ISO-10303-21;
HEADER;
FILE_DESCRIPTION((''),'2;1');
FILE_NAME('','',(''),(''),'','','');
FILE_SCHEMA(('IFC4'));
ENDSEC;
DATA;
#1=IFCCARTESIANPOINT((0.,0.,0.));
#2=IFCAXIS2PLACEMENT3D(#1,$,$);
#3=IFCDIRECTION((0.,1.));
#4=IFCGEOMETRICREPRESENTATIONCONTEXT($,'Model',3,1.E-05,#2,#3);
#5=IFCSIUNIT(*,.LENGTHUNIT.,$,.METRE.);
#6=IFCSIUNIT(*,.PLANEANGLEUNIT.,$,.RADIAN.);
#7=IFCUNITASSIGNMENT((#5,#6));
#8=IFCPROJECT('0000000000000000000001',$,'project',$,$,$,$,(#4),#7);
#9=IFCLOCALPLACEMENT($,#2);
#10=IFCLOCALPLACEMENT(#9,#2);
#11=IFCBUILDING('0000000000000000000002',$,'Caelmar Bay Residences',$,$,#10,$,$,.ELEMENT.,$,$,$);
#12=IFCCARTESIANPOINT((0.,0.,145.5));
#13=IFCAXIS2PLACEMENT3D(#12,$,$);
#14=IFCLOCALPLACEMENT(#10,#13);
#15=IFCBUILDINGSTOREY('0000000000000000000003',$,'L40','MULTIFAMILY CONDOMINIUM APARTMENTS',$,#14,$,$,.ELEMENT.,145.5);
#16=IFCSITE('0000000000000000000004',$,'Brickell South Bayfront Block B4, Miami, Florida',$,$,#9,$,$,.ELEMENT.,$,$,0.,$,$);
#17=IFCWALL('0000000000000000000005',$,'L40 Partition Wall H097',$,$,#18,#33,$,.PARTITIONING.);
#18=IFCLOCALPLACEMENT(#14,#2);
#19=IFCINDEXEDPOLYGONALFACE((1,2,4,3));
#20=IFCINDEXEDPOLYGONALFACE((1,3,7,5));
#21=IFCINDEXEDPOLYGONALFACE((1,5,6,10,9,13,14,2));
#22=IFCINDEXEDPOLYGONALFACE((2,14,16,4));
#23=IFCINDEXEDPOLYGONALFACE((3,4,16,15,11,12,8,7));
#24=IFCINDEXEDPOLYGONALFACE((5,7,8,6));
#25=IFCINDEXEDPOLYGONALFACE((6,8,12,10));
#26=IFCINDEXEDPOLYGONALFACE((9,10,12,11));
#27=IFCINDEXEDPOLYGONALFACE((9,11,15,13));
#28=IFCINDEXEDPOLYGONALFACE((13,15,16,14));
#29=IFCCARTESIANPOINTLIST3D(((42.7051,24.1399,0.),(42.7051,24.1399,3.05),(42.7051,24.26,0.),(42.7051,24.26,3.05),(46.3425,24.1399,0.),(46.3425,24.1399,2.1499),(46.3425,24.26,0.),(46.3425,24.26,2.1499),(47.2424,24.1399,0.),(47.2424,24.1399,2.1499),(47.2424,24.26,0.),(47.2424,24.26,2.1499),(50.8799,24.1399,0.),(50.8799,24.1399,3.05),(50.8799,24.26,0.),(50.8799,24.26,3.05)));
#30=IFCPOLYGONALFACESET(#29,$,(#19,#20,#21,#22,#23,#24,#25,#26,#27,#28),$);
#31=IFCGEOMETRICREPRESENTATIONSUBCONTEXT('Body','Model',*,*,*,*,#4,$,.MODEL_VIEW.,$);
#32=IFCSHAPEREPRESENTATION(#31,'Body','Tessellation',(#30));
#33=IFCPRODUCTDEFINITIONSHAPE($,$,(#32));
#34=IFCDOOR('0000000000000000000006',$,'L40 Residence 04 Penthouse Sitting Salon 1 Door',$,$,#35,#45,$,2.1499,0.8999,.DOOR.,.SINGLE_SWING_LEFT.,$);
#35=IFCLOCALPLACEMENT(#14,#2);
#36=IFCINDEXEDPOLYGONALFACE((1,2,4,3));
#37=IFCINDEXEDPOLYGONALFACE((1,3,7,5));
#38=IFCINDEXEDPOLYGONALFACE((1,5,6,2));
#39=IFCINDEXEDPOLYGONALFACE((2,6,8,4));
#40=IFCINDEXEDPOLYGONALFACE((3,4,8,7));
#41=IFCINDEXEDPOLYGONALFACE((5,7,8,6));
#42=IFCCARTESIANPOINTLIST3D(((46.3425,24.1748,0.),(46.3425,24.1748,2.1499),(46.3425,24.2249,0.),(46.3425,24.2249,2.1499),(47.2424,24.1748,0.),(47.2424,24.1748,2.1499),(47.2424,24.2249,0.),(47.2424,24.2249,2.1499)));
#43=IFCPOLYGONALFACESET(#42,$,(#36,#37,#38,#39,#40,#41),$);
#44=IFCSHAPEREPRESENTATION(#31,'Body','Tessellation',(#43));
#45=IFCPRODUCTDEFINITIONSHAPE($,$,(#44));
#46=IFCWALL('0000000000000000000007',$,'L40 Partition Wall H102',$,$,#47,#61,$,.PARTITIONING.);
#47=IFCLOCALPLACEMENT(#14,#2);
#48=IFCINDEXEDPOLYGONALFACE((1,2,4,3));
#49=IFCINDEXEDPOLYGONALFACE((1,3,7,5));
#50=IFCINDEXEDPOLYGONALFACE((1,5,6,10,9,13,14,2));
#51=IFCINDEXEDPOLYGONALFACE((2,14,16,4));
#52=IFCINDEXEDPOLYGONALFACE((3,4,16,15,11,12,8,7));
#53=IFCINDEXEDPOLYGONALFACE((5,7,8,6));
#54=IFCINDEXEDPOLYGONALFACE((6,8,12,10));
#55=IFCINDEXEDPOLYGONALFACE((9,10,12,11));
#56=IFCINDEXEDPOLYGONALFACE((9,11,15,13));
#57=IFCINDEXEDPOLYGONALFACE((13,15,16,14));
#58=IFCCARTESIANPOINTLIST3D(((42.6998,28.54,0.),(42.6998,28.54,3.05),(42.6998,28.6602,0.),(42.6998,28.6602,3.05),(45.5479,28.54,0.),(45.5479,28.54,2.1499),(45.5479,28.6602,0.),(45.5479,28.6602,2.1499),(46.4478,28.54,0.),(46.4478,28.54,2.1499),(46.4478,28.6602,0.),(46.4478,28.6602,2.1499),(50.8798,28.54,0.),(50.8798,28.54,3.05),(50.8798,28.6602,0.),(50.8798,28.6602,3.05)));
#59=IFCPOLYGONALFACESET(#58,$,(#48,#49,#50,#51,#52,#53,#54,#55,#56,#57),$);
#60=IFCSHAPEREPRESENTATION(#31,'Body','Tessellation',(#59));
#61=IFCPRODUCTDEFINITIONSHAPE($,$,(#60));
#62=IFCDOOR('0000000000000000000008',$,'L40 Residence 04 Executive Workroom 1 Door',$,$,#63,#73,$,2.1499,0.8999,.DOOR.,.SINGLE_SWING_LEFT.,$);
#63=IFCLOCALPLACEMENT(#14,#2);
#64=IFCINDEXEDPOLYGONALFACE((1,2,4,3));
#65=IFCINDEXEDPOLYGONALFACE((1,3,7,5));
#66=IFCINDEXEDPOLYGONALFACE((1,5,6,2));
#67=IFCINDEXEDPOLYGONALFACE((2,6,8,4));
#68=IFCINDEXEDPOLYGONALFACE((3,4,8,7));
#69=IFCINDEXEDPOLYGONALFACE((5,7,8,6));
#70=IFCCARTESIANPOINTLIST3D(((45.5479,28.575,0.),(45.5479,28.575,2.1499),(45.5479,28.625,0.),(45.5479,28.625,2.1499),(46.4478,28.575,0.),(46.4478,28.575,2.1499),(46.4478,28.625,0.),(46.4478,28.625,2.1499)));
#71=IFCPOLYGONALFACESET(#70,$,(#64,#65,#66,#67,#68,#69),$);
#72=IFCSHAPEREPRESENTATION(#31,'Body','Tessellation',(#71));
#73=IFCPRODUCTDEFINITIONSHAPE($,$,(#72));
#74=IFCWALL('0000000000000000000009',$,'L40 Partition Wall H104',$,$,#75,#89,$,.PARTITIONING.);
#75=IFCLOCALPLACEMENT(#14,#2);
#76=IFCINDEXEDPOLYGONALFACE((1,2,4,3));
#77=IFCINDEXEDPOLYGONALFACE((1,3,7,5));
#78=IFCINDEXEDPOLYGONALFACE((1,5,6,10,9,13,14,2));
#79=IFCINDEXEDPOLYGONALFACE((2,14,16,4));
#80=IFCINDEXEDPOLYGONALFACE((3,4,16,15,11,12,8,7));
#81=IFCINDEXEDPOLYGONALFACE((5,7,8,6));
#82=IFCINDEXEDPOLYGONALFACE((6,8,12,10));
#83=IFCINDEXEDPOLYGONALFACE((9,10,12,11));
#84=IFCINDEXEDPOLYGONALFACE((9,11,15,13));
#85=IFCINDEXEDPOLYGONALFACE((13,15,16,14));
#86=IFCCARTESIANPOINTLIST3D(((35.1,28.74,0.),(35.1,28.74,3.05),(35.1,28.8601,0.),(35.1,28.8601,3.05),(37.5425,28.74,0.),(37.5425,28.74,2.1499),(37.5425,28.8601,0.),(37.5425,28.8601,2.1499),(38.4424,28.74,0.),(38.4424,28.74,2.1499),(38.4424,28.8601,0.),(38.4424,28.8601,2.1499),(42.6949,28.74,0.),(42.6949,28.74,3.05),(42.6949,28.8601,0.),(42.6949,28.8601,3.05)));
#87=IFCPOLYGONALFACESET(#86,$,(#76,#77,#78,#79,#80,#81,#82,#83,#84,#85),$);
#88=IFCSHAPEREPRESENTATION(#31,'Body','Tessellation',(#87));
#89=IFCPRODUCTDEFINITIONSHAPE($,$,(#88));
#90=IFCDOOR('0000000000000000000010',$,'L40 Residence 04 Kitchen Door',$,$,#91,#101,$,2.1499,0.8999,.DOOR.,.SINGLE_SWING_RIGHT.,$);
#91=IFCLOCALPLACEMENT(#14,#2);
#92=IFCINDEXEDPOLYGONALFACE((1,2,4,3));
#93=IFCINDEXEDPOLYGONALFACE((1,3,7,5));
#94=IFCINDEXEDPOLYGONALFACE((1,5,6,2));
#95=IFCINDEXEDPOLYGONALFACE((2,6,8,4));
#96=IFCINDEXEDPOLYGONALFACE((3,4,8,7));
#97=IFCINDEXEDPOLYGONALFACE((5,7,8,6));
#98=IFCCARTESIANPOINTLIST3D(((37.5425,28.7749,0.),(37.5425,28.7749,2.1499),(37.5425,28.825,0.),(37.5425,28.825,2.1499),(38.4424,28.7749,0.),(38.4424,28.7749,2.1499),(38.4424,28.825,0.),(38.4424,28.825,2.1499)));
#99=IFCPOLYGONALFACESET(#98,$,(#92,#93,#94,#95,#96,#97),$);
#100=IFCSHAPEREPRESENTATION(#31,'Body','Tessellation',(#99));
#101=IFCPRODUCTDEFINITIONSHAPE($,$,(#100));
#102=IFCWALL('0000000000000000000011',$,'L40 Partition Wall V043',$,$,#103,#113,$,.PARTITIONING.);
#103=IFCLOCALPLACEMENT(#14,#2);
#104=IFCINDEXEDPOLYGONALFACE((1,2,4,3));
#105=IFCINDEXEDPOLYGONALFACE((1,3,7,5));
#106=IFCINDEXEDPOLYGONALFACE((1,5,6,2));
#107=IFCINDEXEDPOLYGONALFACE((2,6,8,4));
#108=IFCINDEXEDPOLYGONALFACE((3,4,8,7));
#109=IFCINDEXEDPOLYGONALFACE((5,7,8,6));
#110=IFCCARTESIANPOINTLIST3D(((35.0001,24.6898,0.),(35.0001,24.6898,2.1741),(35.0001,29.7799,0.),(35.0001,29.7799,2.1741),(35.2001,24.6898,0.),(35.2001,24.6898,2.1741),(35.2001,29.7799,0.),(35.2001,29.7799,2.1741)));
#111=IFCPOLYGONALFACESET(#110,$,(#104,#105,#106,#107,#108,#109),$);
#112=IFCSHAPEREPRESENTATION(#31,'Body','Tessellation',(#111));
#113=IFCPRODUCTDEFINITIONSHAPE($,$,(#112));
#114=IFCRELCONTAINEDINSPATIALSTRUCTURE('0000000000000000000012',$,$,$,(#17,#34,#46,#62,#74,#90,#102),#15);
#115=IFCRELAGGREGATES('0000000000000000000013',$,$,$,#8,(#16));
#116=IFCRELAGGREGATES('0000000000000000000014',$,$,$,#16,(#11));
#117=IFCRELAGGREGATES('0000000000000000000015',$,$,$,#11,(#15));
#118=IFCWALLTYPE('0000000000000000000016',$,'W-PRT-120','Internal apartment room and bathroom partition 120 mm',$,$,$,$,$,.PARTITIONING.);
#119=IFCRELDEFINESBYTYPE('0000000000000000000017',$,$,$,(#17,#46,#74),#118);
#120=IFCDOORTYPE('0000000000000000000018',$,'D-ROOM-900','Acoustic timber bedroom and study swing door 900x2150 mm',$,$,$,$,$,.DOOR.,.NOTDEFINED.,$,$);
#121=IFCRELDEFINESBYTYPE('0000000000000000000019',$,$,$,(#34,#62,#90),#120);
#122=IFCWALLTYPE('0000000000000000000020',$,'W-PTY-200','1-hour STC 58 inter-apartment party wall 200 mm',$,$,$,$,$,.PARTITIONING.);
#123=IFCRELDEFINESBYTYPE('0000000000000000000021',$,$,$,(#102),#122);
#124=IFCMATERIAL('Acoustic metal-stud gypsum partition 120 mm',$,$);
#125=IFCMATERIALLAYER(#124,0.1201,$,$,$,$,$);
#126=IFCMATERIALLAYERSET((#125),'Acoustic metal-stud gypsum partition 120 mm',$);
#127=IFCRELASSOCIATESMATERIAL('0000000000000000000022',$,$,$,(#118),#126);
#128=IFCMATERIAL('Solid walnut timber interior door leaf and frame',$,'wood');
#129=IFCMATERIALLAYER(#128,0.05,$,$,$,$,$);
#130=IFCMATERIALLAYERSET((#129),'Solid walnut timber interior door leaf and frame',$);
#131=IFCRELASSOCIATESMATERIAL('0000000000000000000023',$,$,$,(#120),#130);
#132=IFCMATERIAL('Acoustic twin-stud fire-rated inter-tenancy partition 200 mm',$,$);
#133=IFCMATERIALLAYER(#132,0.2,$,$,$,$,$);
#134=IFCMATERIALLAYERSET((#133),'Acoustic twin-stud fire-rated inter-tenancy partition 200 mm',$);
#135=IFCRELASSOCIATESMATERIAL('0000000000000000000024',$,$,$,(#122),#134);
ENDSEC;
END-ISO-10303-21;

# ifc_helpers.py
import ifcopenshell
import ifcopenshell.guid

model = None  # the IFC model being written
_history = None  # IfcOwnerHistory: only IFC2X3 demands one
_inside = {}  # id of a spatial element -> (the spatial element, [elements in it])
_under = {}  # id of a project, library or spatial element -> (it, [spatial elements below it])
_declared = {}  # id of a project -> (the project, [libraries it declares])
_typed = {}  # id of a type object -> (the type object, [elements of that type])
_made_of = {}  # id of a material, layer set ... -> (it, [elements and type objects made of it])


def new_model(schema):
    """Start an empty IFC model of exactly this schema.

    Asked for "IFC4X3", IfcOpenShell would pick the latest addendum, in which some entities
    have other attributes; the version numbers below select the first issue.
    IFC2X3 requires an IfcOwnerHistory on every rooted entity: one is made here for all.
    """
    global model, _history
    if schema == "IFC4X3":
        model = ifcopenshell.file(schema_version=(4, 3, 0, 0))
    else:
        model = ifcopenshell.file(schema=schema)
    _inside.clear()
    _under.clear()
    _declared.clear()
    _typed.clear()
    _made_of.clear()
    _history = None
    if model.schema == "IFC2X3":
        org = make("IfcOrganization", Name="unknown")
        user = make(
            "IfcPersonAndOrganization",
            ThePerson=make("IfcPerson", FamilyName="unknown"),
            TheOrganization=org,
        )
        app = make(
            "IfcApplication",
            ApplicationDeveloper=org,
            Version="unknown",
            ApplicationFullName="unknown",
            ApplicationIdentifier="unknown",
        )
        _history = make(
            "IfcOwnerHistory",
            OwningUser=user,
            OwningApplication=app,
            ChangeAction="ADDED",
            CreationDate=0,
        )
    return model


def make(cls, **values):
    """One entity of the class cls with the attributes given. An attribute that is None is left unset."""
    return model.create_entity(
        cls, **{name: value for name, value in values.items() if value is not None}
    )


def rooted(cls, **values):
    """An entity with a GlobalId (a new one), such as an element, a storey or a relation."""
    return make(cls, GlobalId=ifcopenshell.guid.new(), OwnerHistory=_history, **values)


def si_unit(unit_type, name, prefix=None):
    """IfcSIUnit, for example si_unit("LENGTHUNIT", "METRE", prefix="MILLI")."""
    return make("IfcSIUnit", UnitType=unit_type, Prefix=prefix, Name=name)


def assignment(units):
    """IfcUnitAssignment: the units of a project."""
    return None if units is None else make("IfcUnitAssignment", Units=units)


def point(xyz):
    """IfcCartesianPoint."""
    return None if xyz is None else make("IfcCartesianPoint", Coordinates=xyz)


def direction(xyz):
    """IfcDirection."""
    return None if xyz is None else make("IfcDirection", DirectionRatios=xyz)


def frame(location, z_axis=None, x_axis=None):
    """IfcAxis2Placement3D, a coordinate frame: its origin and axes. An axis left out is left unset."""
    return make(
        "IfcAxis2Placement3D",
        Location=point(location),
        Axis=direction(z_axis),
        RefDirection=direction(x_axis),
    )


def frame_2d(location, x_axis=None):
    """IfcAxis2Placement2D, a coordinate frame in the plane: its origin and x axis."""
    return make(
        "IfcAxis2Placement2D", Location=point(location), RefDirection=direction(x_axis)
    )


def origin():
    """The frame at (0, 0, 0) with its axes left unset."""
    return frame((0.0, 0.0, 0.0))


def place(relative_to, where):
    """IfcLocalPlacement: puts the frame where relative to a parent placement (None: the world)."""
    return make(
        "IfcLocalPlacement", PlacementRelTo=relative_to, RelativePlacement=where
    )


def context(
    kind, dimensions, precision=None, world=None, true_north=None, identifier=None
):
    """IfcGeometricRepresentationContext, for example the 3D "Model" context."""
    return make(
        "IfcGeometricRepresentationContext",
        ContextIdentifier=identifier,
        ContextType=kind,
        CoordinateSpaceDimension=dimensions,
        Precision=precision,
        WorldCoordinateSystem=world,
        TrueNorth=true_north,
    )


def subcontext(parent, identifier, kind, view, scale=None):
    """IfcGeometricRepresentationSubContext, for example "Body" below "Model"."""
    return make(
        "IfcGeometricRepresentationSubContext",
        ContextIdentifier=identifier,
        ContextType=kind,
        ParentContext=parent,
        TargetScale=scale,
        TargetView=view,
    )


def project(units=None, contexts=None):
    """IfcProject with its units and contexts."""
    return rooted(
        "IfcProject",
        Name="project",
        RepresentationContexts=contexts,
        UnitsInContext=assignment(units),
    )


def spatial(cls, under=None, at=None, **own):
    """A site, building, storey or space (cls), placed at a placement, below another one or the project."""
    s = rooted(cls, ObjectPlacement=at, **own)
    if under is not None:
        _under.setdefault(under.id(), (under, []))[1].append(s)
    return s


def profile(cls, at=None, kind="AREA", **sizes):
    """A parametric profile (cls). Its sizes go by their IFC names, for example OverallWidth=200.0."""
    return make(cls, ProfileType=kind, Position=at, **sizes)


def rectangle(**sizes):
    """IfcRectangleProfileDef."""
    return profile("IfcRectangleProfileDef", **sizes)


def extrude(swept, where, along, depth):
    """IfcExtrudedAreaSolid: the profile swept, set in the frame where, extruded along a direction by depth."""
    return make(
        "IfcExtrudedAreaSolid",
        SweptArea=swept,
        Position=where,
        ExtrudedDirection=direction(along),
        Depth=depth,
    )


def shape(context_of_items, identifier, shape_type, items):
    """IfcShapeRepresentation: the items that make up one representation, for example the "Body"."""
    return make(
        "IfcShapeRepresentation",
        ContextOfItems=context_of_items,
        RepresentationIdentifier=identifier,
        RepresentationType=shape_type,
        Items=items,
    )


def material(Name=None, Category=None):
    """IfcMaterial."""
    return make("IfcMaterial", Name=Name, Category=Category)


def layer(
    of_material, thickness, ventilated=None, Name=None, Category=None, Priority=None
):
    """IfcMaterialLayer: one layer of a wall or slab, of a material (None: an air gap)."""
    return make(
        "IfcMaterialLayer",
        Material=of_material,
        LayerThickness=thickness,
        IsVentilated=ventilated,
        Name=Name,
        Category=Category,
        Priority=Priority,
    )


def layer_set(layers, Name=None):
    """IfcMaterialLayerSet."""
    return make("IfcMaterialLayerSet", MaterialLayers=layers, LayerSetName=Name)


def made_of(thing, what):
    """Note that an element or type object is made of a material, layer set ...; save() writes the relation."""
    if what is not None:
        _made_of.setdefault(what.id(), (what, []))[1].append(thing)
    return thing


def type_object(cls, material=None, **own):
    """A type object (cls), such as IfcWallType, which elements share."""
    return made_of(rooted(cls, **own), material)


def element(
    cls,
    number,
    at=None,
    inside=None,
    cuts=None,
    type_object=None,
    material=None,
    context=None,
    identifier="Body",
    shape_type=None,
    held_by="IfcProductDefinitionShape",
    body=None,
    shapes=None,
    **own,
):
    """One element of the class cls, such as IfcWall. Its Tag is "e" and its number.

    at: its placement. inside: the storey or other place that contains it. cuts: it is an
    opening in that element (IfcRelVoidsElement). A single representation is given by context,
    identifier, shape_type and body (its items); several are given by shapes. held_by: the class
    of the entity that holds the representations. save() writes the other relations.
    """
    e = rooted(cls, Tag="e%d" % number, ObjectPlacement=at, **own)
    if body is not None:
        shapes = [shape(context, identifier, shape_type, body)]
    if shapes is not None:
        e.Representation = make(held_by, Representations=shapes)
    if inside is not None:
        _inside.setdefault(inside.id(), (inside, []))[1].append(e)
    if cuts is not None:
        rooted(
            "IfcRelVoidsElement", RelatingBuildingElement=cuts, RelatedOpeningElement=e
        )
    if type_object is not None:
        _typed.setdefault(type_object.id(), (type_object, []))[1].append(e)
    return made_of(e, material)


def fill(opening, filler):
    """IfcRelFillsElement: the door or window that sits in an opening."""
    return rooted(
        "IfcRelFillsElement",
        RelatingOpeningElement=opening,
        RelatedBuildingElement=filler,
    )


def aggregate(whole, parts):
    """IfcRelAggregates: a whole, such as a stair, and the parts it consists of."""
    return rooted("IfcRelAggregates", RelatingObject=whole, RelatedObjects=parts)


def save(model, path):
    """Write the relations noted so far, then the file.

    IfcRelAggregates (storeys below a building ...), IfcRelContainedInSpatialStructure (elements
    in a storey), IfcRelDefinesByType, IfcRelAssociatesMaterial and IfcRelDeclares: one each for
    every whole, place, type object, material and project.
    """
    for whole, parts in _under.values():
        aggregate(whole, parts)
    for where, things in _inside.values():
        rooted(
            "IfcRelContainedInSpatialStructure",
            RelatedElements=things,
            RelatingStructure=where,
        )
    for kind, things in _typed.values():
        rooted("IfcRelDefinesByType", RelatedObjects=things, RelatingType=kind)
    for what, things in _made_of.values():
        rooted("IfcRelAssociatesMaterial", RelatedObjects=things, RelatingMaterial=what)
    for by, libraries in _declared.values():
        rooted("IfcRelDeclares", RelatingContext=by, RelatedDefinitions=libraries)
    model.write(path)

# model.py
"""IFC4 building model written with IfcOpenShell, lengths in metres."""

from ifc_helpers import new_model, si_unit, direction, frame, frame_2d, origin, place, context, subcontext, project, spatial, rectangle, extrude, material, layer, layer_set, type_object, element, fill, save


model = new_model("IFC4")

# Units and contexts
model_context = context("Model", 3, precision=1e-05, world=origin(), true_north=direction((0.0, 1.0)))
body_context = subcontext(model_context, "Body", "Model", "MODEL_VIEW")
ifc_project = project(units=[si_unit("LENGTHUNIT", "METRE"), si_unit("PLANEANGLEUNIT", "RADIAN")], contexts=[model_context])

# Site, building, storey
site_placement = place(None, origin())
site = spatial("IfcSite", under=ifc_project, at=site_placement, Name="Brickell South Bayfront Block B4, Miami, Florida", CompositionType="ELEMENT", RefElevation=0.0)
building_placement = place(site_placement, origin())
building = spatial("IfcBuilding", under=site, at=building_placement, Name="Caelmar Bay Residences", CompositionType="ELEMENT")
storey_placement = place(building_placement, frame((0.0, 0.0, 145.5)))
storey = spatial("IfcBuildingStorey", under=building, at=storey_placement, Name="L40", Description="MULTIFAMILY CONDOMINIUM APARTMENTS", CompositionType="ELEMENT", Elevation=145.5)

# Shared definitions
ifc_material_1 = material(Name="Acoustic metal-stud gypsum partition 120 mm")
ifc_layer_1 = layer(ifc_material_1, 0.1201)
ifc_layer_set_1 = layer_set([ifc_layer_1], Name="Acoustic metal-stud gypsum partition 120 mm")
wall_type_1 = type_object("IfcWallType", Name="W-PRT-120", Description="Internal apartment room and bathroom partition 120 mm", PredefinedType="PARTITIONING", material=ifc_layer_set_1)

# Walls, openings, doors
ifc_material_2 = material(Name="Solid walnut timber interior door leaf and frame", Category="wood")
ifc_layer_2 = layer(ifc_material_2, 0.05)
ifc_layer_set_2 = layer_set([ifc_layer_2], Name="Solid walnut timber interior door leaf and frame")
door_type = type_object("IfcDoorType", Name="D-ROOM-900", Description="Acoustic timber bedroom and study swing door 900x2150 mm", OperationType="NOTDEFINED", PredefinedType="DOOR", material=ifc_layer_set_2)
wall_1_placement = place(storey_placement, frame((42.7051, 24.2, 0.0), z_axis=(0.0, 0.0, 1.0), x_axis=(1.0, 0.0, 0.0)))
wall_1 = element("IfcWall", 1, at=wall_1_placement, inside=storey, type_object=wall_type_1, Name="L40 Partition Wall H097", PredefinedType="PARTITIONING", context=body_context, shape_type="SweptSolid", body=[
    extrude(rectangle(XDim=8.1748, YDim=0.1201, at=frame_2d((4.0874, 0.0))), origin(), (0.0, 0.0, 1.0), 3.05),
])
opening_1_placement = place(wall_1_placement, frame((3.6375, 0.0, 0.0)))
opening_1 = element("IfcOpeningElement", 2, at=opening_1_placement, cuts=wall_1, PredefinedType="OPENING", context=body_context, shape_type="SweptSolid", body=[
    extrude(rectangle(XDim=0.8999, YDim=2.1499, at=frame_2d((0.45, 1.075))), frame((0.0, 0.0701, 0.0), z_axis=(0.0, -1.0, 0.0), x_axis=(1.0, 0.0, 0.0)), (0.0, 0.0, 1.0), 0.1401),
])
door_1_placement = place(opening_1_placement, origin())
door_1 = element("IfcDoor", 3, at=door_1_placement, inside=storey, type_object=door_type, Name="L40 Residence 04 Penthouse Sitting Salon 1 Door", OperationType="SINGLE_SWING_LEFT", OverallHeight=2.1499, OverallWidth=0.8999, PredefinedType="DOOR", context=body_context, shape_type="SweptSolid", body=[
    extrude(rectangle(XDim=0.8999, YDim=2.1499, at=frame_2d((0.45, 1.075))), frame((0.0, 0.0249, 0.0), z_axis=(0.0, -1.0, 0.0), x_axis=(1.0, 0.0, 0.0)), (0.0, 0.0, 1.0), 0.05),
])
fill(opening_1, door_1)
wall_2_placement = place(storey_placement, frame((42.7, 28.6001, 0.0), z_axis=(0.0, 0.0, 1.0), x_axis=(1.0, 0.0, 0.0)))
wall_2 = element("IfcWall", 4, at=wall_2_placement, inside=storey, type_object=wall_type_1, Name="L40 Partition Wall H102", PredefinedType="PARTITIONING", context=body_context, shape_type="SweptSolid", body=[
    extrude(rectangle(XDim=8.1799, YDim=0.1201, at=frame_2d((4.0898, 0.0))), origin(), (0.0, 0.0, 1.0), 3.05),
])
opening_2_placement = place(wall_2_placement, frame((2.8479, 0.0, 0.0)))
opening_2 = element("IfcOpeningElement", 5, at=opening_2_placement, cuts=wall_2, PredefinedType="OPENING", context=body_context, shape_type="SweptSolid", body=[
    extrude(rectangle(XDim=0.8999, YDim=2.1499, at=frame_2d((0.45, 1.075))), frame((0.0, 0.0701, 0.0), z_axis=(0.0, -1.0, 0.0), x_axis=(1.0, 0.0, 0.0)), (0.0, 0.0, 1.0), 0.1401),
])
door_2_placement = place(opening_2_placement, origin())
door_2 = element("IfcDoor", 6, at=door_2_placement, inside=storey, type_object=door_type, Name="L40 Residence 04 Executive Workroom 1 Door", OperationType="SINGLE_SWING_LEFT", OverallHeight=2.1499, OverallWidth=0.8999, PredefinedType="DOOR", context=body_context, shape_type="SweptSolid", body=[
    extrude(rectangle(XDim=0.8999, YDim=2.1499, at=frame_2d((0.45, 1.075))), frame((0.0, 0.0249, 0.0), z_axis=(0.0, -1.0, 0.0), x_axis=(1.0, 0.0, 0.0)), (0.0, 0.0, 1.0), 0.05),
])
fill(opening_2, door_2)
wall_3_placement = place(storey_placement, frame((35.1001, 28.8, 0.0), z_axis=(0.0, 0.0, 1.0), x_axis=(1.0, 0.0, 0.0)))
wall_3 = element("IfcWall", 7, at=wall_3_placement, inside=storey, type_object=wall_type_1, Name="L40 Partition Wall H104", PredefinedType="PARTITIONING", context=body_context, shape_type="SweptSolid", body=[
    extrude(rectangle(XDim=7.595, YDim=0.1201, at=frame_2d((3.7974, 0.0))), origin(), (0.0, 0.0, 1.0), 3.05),
])
opening_3_placement = place(wall_3_placement, frame((2.4424, 0.0, 0.0)))
opening_3 = element("IfcOpeningElement", 8, at=opening_3_placement, cuts=wall_3, PredefinedType="OPENING", context=body_context, shape_type="SweptSolid", body=[
    extrude(rectangle(XDim=0.8999, YDim=2.1499, at=frame_2d((0.45, 1.075))), frame((0.0, 0.0701, 0.0), z_axis=(0.0, -1.0, 0.0), x_axis=(1.0, 0.0, 0.0)), (0.0, 0.0, 1.0), 0.1401),
])
door_3_placement = place(opening_3_placement, origin())
door_3 = element("IfcDoor", 9, at=door_3_placement, inside=storey, type_object=door_type, Name="L40 Residence 04 Kitchen Door", OperationType="SINGLE_SWING_RIGHT", OverallHeight=2.1499, OverallWidth=0.8999, PredefinedType="DOOR", context=body_context, shape_type="SweptSolid", body=[
    extrude(rectangle(XDim=0.8999, YDim=2.1499, at=frame_2d((0.45, 1.075))), frame((0.0, 0.0249, 0.0), z_axis=(0.0, -1.0, 0.0), x_axis=(1.0, 0.0, 0.0)), (0.0, 0.0, 1.0), 0.05),
])
fill(opening_3, door_3)

# Wall
ifc_material_3 = material(Name="Acoustic twin-stud fire-rated inter-tenancy partition 200 mm")
ifc_layer_3 = layer(ifc_material_3, 0.2)
ifc_layer_set_3 = layer_set([ifc_layer_3], Name="Acoustic twin-stud fire-rated inter-tenancy partition 200 mm")
wall_type_2 = type_object("IfcWallType", Name="W-PTY-200", Description="1-hour STC 58 inter-apartment party wall 200 mm", PredefinedType="PARTITIONING", material=ifc_layer_set_3)
wall_4_placement = place(storey_placement, frame((35.1001, 24.6899, 0.0), z_axis=(0.0, 0.0, 1.0), x_axis=(0.0, 1.0, 0.0)))
element("IfcWall", 10, at=wall_4_placement, inside=storey, type_object=wall_type_2, Name="L40 Partition Wall V043", PredefinedType="PARTITIONING", context=body_context, shape_type="SweptSolid", body=[
    extrude(rectangle(XDim=5.0901, YDim=0.2, at=frame_2d((2.5449, 0.0))), origin(), (0.0, 0.0, 1.0), 2.1741),
])

save(model, "model.ifc")
